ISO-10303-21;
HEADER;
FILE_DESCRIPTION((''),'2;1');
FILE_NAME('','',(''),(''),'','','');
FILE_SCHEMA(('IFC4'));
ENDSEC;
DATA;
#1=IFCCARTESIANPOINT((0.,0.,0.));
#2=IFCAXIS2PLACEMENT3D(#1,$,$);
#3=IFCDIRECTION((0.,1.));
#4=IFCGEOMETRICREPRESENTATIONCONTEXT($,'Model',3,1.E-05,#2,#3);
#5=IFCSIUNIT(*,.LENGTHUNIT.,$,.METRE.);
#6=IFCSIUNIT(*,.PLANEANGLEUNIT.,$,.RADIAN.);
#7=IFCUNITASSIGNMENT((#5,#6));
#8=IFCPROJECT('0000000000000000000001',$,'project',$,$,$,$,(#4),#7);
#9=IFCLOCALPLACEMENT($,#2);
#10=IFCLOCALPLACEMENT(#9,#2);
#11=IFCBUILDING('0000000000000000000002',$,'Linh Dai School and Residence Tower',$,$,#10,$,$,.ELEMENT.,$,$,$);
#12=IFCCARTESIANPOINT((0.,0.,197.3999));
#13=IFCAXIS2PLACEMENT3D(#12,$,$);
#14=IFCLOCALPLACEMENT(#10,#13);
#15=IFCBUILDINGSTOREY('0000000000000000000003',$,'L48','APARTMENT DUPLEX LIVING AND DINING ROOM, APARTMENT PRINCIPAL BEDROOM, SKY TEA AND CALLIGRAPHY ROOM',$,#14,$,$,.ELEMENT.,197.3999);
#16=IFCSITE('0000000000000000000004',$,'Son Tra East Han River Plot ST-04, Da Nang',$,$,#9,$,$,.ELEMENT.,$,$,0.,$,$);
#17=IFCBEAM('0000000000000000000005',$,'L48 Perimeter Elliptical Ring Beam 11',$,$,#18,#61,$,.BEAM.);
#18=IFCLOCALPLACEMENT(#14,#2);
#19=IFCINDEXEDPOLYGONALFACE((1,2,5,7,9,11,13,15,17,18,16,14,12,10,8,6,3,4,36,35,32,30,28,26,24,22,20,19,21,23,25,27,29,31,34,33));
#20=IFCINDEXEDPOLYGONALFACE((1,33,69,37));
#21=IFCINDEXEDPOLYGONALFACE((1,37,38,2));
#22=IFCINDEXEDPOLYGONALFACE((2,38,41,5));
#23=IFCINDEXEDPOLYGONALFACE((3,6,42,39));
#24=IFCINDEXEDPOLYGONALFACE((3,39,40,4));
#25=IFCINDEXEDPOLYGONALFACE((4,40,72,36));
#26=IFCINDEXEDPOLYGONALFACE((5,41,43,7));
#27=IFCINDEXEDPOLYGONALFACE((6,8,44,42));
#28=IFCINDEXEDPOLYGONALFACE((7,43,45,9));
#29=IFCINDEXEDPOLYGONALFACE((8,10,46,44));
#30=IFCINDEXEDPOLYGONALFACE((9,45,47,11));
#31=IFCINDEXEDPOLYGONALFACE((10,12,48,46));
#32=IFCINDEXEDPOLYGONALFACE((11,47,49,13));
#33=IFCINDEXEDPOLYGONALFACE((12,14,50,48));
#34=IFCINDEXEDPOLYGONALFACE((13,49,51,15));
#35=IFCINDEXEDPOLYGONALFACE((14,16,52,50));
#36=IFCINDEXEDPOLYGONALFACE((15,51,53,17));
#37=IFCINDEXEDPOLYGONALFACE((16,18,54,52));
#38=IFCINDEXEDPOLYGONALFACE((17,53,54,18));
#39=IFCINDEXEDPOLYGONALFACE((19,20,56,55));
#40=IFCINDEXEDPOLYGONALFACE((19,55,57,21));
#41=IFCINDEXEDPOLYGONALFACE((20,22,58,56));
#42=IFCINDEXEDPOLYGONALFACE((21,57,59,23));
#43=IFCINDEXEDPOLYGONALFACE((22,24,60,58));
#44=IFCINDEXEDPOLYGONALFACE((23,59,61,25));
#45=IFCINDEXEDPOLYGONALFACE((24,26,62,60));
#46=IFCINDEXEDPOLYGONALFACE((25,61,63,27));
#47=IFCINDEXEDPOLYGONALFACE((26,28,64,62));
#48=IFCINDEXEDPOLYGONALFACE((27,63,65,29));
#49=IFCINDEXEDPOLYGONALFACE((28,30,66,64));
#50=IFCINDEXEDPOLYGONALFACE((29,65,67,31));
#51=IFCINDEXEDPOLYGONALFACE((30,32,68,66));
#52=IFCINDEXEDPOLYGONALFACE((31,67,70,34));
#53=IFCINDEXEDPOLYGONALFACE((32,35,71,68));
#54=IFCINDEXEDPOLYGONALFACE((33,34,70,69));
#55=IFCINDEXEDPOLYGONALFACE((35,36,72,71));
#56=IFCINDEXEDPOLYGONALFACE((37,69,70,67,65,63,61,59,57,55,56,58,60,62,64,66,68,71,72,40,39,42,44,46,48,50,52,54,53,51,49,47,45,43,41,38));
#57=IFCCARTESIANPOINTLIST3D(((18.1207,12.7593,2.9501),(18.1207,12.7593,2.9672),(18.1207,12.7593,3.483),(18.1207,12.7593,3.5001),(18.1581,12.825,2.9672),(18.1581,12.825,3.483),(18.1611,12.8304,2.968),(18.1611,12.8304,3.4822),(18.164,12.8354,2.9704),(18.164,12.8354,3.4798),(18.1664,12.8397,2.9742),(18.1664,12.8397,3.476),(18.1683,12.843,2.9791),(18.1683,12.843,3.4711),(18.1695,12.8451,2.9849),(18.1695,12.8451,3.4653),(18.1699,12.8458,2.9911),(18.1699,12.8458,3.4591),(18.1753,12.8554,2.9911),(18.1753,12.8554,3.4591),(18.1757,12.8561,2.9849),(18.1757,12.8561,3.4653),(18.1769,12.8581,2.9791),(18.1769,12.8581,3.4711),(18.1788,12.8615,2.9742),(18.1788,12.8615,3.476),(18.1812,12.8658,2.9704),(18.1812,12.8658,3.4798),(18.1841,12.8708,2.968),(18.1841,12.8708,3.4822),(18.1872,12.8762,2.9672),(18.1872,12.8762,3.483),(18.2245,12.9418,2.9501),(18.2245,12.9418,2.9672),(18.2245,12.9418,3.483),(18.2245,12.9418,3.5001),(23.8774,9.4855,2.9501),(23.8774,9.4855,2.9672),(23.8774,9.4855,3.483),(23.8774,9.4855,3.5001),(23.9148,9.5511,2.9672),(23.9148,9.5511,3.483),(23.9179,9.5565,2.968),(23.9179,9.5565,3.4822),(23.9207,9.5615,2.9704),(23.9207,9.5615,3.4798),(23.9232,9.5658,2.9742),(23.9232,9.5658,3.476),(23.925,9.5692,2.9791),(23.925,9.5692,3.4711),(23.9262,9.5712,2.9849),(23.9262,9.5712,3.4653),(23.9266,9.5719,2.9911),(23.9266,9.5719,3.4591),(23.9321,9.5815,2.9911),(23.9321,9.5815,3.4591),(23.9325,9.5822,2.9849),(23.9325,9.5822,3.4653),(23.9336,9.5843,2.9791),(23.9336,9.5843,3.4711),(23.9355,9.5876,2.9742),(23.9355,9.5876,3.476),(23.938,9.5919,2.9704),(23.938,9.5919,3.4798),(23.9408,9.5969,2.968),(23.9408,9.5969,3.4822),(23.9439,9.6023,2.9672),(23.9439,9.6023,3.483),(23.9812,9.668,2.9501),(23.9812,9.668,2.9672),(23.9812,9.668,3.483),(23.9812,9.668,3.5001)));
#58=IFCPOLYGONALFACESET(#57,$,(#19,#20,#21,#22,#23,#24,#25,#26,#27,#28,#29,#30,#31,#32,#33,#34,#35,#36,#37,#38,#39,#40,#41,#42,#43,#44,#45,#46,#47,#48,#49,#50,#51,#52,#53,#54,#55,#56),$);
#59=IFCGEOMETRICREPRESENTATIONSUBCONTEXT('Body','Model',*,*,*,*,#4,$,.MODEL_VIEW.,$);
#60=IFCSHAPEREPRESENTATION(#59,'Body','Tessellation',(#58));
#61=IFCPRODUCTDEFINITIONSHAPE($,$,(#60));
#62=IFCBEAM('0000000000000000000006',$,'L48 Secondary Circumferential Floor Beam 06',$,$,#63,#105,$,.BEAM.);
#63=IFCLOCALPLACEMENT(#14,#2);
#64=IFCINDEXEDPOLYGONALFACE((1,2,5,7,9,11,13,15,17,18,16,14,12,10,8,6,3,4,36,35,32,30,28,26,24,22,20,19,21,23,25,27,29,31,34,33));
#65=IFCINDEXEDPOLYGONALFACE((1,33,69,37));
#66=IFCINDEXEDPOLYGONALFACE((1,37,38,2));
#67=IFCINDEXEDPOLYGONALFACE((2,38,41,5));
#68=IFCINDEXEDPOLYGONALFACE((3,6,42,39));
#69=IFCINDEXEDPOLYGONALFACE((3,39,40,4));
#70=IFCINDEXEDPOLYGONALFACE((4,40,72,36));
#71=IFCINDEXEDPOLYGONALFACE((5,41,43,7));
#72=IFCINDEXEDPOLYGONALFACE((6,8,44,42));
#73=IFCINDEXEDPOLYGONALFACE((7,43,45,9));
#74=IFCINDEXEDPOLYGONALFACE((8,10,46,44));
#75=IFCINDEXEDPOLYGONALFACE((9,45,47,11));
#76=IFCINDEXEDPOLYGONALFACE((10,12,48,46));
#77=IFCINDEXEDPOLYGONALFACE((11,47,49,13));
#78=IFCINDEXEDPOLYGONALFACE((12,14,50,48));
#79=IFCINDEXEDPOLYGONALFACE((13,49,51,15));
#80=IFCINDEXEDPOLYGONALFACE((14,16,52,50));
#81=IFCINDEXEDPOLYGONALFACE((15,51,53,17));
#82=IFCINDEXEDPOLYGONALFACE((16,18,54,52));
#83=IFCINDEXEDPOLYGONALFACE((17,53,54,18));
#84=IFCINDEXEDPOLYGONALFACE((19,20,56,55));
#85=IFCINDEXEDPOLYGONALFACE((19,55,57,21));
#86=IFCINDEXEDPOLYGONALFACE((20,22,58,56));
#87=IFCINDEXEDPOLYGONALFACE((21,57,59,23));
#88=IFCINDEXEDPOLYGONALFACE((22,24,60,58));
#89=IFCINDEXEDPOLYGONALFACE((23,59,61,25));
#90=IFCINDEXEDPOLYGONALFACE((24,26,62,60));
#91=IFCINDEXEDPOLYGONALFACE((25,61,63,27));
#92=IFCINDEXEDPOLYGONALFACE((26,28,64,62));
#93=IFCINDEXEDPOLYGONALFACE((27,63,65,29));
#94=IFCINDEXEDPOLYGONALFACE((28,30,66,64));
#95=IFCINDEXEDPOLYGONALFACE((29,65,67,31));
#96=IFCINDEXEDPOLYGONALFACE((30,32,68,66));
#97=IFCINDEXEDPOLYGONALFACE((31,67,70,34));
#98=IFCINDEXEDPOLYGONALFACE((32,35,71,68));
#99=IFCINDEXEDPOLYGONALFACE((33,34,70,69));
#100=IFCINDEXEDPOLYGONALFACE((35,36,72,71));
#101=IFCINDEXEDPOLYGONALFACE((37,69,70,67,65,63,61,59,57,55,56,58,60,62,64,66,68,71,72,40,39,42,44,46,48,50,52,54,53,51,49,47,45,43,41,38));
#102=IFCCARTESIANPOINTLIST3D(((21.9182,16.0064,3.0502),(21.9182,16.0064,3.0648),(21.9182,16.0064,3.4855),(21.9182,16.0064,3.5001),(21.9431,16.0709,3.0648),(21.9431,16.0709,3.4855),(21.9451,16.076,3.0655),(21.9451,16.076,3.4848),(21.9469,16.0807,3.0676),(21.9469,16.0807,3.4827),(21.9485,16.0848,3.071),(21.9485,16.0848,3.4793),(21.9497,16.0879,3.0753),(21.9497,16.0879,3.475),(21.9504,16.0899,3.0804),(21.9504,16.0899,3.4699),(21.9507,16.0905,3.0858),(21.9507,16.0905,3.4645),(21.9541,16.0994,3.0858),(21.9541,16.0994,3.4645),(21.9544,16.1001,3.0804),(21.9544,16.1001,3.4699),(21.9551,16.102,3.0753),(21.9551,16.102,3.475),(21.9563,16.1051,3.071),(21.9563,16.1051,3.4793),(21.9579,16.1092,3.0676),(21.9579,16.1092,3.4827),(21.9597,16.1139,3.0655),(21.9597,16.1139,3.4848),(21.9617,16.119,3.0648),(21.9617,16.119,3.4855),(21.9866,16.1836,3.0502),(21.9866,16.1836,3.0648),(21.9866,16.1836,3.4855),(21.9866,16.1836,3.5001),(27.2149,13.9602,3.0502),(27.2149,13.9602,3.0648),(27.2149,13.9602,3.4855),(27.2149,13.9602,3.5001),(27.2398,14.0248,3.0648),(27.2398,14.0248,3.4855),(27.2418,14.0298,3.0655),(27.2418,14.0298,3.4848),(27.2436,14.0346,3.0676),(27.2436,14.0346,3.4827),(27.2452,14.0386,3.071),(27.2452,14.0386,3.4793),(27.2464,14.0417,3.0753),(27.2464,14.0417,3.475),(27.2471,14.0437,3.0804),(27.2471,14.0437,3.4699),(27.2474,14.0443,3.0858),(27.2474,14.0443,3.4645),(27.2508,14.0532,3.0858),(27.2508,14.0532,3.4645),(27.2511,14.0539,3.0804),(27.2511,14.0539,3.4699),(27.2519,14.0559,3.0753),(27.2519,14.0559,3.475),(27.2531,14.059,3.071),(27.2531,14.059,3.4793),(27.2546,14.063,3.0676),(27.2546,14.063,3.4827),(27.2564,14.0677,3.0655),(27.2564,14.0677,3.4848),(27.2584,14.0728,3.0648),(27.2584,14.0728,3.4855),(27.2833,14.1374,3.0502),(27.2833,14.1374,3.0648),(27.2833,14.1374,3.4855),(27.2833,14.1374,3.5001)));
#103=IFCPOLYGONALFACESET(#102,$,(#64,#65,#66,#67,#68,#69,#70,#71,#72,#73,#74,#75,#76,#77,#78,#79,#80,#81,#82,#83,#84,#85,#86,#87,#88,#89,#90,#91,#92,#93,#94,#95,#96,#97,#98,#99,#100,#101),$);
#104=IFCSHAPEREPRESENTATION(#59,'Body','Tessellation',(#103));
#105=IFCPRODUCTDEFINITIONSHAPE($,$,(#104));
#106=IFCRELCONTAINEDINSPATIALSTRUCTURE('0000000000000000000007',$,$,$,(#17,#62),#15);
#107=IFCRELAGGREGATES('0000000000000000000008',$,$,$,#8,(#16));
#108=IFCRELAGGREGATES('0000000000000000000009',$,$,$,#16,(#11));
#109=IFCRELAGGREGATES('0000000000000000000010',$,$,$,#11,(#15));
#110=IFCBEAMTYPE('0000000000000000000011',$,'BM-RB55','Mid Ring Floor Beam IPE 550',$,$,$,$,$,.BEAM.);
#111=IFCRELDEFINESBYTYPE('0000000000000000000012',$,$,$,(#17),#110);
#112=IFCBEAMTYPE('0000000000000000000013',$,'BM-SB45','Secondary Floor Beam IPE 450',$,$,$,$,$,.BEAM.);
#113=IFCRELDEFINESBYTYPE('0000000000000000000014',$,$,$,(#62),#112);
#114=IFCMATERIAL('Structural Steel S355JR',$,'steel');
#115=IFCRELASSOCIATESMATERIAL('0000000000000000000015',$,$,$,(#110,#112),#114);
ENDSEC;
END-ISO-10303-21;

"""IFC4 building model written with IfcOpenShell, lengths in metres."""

from ifc_helpers import new_model, si_unit, direction, frame, origin, origin_2d, place, context, subcontext, project, spatial, i_section, extrude, material, material_profile, profile_set, type_object, element, save


model = new_model("IFC4")

# Units and contexts
model_context = context("Model", 3, precision=1e-05, world=origin(), true_north=direction((0.0, 1.0)))
body_context = subcontext(model_context, "Body", "Model", "MODEL_VIEW")
ifc_project = project(units=[si_unit("LENGTHUNIT", "METRE"), si_unit("PLANEANGLEUNIT", "RADIAN")], contexts=[model_context])

# Site, building, storey
site_placement = place(None, origin())
site = spatial("IfcSite", under=ifc_project, at=site_placement, Name="Son Tra East Han River Plot ST-04, Da Nang", CompositionType="ELEMENT", RefElevation=0.0)
building_placement = place(site_placement, origin())
building = spatial("IfcBuilding", under=site, at=building_placement, Name="Linh Dai School and Residence Tower", CompositionType="ELEMENT")
storey_placement = place(building_placement, frame((0.0, 0.0, 197.3999)))
storey = spatial("IfcBuildingStorey", under=building, at=storey_placement, Name="L48", Description="APARTMENT DUPLEX LIVING AND DINING ROOM, APARTMENT PRINCIPAL BEDROOM, SKY TEA AND CALLIGRAPHY ROOM", CompositionType="ELEMENT", Elevation=197.3999)

# Shared definitions
ifc_material_1 = material(Name="Structural Steel S355JR", Category="steel")

# Beams
ifc_material_profile_1 = material_profile(ifc_material_1, i_section(OverallWidth=0.21, OverallDepth=0.55, WebThickness=0.011, FlangeThickness=0.0171, FilletRadius=0.0239, at=origin_2d()), Name="IPE 550")
ifc_profile_set_1 = profile_set([ifc_material_profile_1], Name="Structural Steel S355JR")
beam_type_1 = type_object("IfcBeamType", Name="BM-RB55", Description="Mid Ring Floor Beam IPE 550", PredefinedType="BEAM", material=ifc_profile_set_1)
beam_1_placement = place(storey_placement, frame((18.1726, 12.8506, 3.2251), z_axis=(0.869262, -0.494351, 0.0), x_axis=(0.494351, 0.869262, 0.0)))
element("IfcBeam", 1, at=beam_1_placement, inside=storey, type_object=beam_type_1, Name="L48 Perimeter Elliptical Ring Beam 11", PredefinedType="BEAM", context=body_context, shape_type="SweptSolid", body=[
    extrude(i_section(OverallWidth=0.21, OverallDepth=0.55, WebThickness=0.011, FlangeThickness=0.0171, FilletRadius=0.0239, at=origin_2d()), origin(), (0.0, 0.0, 1.0), 6.6226),
])
ifc_material_profile_2 = material_profile(ifc_material_1, i_section(OverallWidth=0.1899, OverallDepth=0.45, WebThickness=0.0095, FlangeThickness=0.0146, FilletRadius=0.021, at=origin_2d()), Name="IPE 450")
ifc_profile_set_2 = profile_set([ifc_material_profile_2], Name="Structural Steel S355JR")
beam_type_2 = type_object("IfcBeamType", Name="BM-SB45", Description="Secondary Floor Beam IPE 450", PredefinedType="BEAM", material=ifc_profile_set_2)
beam_2_placement = place(storey_placement, frame((21.9524, 16.095, 3.2751), z_axis=(0.932815, -0.360356, 0.0), x_axis=(0.360356, 0.932815, 0.0)))
element("IfcBeam", 2, at=beam_2_placement, inside=storey, type_object=beam_type_2, Name="L48 Secondary Circumferential Floor Beam 06", PredefinedType="BEAM", context=body_context, shape_type="SweptSolid", body=[
    extrude(i_section(OverallWidth=0.1899, OverallDepth=0.45, WebThickness=0.0095, FlangeThickness=0.0146, FilletRadius=0.021, at=origin_2d()), origin(), (0.0, 0.0, 1.0), 5.6782),
])

save(model, "model.ifc")
